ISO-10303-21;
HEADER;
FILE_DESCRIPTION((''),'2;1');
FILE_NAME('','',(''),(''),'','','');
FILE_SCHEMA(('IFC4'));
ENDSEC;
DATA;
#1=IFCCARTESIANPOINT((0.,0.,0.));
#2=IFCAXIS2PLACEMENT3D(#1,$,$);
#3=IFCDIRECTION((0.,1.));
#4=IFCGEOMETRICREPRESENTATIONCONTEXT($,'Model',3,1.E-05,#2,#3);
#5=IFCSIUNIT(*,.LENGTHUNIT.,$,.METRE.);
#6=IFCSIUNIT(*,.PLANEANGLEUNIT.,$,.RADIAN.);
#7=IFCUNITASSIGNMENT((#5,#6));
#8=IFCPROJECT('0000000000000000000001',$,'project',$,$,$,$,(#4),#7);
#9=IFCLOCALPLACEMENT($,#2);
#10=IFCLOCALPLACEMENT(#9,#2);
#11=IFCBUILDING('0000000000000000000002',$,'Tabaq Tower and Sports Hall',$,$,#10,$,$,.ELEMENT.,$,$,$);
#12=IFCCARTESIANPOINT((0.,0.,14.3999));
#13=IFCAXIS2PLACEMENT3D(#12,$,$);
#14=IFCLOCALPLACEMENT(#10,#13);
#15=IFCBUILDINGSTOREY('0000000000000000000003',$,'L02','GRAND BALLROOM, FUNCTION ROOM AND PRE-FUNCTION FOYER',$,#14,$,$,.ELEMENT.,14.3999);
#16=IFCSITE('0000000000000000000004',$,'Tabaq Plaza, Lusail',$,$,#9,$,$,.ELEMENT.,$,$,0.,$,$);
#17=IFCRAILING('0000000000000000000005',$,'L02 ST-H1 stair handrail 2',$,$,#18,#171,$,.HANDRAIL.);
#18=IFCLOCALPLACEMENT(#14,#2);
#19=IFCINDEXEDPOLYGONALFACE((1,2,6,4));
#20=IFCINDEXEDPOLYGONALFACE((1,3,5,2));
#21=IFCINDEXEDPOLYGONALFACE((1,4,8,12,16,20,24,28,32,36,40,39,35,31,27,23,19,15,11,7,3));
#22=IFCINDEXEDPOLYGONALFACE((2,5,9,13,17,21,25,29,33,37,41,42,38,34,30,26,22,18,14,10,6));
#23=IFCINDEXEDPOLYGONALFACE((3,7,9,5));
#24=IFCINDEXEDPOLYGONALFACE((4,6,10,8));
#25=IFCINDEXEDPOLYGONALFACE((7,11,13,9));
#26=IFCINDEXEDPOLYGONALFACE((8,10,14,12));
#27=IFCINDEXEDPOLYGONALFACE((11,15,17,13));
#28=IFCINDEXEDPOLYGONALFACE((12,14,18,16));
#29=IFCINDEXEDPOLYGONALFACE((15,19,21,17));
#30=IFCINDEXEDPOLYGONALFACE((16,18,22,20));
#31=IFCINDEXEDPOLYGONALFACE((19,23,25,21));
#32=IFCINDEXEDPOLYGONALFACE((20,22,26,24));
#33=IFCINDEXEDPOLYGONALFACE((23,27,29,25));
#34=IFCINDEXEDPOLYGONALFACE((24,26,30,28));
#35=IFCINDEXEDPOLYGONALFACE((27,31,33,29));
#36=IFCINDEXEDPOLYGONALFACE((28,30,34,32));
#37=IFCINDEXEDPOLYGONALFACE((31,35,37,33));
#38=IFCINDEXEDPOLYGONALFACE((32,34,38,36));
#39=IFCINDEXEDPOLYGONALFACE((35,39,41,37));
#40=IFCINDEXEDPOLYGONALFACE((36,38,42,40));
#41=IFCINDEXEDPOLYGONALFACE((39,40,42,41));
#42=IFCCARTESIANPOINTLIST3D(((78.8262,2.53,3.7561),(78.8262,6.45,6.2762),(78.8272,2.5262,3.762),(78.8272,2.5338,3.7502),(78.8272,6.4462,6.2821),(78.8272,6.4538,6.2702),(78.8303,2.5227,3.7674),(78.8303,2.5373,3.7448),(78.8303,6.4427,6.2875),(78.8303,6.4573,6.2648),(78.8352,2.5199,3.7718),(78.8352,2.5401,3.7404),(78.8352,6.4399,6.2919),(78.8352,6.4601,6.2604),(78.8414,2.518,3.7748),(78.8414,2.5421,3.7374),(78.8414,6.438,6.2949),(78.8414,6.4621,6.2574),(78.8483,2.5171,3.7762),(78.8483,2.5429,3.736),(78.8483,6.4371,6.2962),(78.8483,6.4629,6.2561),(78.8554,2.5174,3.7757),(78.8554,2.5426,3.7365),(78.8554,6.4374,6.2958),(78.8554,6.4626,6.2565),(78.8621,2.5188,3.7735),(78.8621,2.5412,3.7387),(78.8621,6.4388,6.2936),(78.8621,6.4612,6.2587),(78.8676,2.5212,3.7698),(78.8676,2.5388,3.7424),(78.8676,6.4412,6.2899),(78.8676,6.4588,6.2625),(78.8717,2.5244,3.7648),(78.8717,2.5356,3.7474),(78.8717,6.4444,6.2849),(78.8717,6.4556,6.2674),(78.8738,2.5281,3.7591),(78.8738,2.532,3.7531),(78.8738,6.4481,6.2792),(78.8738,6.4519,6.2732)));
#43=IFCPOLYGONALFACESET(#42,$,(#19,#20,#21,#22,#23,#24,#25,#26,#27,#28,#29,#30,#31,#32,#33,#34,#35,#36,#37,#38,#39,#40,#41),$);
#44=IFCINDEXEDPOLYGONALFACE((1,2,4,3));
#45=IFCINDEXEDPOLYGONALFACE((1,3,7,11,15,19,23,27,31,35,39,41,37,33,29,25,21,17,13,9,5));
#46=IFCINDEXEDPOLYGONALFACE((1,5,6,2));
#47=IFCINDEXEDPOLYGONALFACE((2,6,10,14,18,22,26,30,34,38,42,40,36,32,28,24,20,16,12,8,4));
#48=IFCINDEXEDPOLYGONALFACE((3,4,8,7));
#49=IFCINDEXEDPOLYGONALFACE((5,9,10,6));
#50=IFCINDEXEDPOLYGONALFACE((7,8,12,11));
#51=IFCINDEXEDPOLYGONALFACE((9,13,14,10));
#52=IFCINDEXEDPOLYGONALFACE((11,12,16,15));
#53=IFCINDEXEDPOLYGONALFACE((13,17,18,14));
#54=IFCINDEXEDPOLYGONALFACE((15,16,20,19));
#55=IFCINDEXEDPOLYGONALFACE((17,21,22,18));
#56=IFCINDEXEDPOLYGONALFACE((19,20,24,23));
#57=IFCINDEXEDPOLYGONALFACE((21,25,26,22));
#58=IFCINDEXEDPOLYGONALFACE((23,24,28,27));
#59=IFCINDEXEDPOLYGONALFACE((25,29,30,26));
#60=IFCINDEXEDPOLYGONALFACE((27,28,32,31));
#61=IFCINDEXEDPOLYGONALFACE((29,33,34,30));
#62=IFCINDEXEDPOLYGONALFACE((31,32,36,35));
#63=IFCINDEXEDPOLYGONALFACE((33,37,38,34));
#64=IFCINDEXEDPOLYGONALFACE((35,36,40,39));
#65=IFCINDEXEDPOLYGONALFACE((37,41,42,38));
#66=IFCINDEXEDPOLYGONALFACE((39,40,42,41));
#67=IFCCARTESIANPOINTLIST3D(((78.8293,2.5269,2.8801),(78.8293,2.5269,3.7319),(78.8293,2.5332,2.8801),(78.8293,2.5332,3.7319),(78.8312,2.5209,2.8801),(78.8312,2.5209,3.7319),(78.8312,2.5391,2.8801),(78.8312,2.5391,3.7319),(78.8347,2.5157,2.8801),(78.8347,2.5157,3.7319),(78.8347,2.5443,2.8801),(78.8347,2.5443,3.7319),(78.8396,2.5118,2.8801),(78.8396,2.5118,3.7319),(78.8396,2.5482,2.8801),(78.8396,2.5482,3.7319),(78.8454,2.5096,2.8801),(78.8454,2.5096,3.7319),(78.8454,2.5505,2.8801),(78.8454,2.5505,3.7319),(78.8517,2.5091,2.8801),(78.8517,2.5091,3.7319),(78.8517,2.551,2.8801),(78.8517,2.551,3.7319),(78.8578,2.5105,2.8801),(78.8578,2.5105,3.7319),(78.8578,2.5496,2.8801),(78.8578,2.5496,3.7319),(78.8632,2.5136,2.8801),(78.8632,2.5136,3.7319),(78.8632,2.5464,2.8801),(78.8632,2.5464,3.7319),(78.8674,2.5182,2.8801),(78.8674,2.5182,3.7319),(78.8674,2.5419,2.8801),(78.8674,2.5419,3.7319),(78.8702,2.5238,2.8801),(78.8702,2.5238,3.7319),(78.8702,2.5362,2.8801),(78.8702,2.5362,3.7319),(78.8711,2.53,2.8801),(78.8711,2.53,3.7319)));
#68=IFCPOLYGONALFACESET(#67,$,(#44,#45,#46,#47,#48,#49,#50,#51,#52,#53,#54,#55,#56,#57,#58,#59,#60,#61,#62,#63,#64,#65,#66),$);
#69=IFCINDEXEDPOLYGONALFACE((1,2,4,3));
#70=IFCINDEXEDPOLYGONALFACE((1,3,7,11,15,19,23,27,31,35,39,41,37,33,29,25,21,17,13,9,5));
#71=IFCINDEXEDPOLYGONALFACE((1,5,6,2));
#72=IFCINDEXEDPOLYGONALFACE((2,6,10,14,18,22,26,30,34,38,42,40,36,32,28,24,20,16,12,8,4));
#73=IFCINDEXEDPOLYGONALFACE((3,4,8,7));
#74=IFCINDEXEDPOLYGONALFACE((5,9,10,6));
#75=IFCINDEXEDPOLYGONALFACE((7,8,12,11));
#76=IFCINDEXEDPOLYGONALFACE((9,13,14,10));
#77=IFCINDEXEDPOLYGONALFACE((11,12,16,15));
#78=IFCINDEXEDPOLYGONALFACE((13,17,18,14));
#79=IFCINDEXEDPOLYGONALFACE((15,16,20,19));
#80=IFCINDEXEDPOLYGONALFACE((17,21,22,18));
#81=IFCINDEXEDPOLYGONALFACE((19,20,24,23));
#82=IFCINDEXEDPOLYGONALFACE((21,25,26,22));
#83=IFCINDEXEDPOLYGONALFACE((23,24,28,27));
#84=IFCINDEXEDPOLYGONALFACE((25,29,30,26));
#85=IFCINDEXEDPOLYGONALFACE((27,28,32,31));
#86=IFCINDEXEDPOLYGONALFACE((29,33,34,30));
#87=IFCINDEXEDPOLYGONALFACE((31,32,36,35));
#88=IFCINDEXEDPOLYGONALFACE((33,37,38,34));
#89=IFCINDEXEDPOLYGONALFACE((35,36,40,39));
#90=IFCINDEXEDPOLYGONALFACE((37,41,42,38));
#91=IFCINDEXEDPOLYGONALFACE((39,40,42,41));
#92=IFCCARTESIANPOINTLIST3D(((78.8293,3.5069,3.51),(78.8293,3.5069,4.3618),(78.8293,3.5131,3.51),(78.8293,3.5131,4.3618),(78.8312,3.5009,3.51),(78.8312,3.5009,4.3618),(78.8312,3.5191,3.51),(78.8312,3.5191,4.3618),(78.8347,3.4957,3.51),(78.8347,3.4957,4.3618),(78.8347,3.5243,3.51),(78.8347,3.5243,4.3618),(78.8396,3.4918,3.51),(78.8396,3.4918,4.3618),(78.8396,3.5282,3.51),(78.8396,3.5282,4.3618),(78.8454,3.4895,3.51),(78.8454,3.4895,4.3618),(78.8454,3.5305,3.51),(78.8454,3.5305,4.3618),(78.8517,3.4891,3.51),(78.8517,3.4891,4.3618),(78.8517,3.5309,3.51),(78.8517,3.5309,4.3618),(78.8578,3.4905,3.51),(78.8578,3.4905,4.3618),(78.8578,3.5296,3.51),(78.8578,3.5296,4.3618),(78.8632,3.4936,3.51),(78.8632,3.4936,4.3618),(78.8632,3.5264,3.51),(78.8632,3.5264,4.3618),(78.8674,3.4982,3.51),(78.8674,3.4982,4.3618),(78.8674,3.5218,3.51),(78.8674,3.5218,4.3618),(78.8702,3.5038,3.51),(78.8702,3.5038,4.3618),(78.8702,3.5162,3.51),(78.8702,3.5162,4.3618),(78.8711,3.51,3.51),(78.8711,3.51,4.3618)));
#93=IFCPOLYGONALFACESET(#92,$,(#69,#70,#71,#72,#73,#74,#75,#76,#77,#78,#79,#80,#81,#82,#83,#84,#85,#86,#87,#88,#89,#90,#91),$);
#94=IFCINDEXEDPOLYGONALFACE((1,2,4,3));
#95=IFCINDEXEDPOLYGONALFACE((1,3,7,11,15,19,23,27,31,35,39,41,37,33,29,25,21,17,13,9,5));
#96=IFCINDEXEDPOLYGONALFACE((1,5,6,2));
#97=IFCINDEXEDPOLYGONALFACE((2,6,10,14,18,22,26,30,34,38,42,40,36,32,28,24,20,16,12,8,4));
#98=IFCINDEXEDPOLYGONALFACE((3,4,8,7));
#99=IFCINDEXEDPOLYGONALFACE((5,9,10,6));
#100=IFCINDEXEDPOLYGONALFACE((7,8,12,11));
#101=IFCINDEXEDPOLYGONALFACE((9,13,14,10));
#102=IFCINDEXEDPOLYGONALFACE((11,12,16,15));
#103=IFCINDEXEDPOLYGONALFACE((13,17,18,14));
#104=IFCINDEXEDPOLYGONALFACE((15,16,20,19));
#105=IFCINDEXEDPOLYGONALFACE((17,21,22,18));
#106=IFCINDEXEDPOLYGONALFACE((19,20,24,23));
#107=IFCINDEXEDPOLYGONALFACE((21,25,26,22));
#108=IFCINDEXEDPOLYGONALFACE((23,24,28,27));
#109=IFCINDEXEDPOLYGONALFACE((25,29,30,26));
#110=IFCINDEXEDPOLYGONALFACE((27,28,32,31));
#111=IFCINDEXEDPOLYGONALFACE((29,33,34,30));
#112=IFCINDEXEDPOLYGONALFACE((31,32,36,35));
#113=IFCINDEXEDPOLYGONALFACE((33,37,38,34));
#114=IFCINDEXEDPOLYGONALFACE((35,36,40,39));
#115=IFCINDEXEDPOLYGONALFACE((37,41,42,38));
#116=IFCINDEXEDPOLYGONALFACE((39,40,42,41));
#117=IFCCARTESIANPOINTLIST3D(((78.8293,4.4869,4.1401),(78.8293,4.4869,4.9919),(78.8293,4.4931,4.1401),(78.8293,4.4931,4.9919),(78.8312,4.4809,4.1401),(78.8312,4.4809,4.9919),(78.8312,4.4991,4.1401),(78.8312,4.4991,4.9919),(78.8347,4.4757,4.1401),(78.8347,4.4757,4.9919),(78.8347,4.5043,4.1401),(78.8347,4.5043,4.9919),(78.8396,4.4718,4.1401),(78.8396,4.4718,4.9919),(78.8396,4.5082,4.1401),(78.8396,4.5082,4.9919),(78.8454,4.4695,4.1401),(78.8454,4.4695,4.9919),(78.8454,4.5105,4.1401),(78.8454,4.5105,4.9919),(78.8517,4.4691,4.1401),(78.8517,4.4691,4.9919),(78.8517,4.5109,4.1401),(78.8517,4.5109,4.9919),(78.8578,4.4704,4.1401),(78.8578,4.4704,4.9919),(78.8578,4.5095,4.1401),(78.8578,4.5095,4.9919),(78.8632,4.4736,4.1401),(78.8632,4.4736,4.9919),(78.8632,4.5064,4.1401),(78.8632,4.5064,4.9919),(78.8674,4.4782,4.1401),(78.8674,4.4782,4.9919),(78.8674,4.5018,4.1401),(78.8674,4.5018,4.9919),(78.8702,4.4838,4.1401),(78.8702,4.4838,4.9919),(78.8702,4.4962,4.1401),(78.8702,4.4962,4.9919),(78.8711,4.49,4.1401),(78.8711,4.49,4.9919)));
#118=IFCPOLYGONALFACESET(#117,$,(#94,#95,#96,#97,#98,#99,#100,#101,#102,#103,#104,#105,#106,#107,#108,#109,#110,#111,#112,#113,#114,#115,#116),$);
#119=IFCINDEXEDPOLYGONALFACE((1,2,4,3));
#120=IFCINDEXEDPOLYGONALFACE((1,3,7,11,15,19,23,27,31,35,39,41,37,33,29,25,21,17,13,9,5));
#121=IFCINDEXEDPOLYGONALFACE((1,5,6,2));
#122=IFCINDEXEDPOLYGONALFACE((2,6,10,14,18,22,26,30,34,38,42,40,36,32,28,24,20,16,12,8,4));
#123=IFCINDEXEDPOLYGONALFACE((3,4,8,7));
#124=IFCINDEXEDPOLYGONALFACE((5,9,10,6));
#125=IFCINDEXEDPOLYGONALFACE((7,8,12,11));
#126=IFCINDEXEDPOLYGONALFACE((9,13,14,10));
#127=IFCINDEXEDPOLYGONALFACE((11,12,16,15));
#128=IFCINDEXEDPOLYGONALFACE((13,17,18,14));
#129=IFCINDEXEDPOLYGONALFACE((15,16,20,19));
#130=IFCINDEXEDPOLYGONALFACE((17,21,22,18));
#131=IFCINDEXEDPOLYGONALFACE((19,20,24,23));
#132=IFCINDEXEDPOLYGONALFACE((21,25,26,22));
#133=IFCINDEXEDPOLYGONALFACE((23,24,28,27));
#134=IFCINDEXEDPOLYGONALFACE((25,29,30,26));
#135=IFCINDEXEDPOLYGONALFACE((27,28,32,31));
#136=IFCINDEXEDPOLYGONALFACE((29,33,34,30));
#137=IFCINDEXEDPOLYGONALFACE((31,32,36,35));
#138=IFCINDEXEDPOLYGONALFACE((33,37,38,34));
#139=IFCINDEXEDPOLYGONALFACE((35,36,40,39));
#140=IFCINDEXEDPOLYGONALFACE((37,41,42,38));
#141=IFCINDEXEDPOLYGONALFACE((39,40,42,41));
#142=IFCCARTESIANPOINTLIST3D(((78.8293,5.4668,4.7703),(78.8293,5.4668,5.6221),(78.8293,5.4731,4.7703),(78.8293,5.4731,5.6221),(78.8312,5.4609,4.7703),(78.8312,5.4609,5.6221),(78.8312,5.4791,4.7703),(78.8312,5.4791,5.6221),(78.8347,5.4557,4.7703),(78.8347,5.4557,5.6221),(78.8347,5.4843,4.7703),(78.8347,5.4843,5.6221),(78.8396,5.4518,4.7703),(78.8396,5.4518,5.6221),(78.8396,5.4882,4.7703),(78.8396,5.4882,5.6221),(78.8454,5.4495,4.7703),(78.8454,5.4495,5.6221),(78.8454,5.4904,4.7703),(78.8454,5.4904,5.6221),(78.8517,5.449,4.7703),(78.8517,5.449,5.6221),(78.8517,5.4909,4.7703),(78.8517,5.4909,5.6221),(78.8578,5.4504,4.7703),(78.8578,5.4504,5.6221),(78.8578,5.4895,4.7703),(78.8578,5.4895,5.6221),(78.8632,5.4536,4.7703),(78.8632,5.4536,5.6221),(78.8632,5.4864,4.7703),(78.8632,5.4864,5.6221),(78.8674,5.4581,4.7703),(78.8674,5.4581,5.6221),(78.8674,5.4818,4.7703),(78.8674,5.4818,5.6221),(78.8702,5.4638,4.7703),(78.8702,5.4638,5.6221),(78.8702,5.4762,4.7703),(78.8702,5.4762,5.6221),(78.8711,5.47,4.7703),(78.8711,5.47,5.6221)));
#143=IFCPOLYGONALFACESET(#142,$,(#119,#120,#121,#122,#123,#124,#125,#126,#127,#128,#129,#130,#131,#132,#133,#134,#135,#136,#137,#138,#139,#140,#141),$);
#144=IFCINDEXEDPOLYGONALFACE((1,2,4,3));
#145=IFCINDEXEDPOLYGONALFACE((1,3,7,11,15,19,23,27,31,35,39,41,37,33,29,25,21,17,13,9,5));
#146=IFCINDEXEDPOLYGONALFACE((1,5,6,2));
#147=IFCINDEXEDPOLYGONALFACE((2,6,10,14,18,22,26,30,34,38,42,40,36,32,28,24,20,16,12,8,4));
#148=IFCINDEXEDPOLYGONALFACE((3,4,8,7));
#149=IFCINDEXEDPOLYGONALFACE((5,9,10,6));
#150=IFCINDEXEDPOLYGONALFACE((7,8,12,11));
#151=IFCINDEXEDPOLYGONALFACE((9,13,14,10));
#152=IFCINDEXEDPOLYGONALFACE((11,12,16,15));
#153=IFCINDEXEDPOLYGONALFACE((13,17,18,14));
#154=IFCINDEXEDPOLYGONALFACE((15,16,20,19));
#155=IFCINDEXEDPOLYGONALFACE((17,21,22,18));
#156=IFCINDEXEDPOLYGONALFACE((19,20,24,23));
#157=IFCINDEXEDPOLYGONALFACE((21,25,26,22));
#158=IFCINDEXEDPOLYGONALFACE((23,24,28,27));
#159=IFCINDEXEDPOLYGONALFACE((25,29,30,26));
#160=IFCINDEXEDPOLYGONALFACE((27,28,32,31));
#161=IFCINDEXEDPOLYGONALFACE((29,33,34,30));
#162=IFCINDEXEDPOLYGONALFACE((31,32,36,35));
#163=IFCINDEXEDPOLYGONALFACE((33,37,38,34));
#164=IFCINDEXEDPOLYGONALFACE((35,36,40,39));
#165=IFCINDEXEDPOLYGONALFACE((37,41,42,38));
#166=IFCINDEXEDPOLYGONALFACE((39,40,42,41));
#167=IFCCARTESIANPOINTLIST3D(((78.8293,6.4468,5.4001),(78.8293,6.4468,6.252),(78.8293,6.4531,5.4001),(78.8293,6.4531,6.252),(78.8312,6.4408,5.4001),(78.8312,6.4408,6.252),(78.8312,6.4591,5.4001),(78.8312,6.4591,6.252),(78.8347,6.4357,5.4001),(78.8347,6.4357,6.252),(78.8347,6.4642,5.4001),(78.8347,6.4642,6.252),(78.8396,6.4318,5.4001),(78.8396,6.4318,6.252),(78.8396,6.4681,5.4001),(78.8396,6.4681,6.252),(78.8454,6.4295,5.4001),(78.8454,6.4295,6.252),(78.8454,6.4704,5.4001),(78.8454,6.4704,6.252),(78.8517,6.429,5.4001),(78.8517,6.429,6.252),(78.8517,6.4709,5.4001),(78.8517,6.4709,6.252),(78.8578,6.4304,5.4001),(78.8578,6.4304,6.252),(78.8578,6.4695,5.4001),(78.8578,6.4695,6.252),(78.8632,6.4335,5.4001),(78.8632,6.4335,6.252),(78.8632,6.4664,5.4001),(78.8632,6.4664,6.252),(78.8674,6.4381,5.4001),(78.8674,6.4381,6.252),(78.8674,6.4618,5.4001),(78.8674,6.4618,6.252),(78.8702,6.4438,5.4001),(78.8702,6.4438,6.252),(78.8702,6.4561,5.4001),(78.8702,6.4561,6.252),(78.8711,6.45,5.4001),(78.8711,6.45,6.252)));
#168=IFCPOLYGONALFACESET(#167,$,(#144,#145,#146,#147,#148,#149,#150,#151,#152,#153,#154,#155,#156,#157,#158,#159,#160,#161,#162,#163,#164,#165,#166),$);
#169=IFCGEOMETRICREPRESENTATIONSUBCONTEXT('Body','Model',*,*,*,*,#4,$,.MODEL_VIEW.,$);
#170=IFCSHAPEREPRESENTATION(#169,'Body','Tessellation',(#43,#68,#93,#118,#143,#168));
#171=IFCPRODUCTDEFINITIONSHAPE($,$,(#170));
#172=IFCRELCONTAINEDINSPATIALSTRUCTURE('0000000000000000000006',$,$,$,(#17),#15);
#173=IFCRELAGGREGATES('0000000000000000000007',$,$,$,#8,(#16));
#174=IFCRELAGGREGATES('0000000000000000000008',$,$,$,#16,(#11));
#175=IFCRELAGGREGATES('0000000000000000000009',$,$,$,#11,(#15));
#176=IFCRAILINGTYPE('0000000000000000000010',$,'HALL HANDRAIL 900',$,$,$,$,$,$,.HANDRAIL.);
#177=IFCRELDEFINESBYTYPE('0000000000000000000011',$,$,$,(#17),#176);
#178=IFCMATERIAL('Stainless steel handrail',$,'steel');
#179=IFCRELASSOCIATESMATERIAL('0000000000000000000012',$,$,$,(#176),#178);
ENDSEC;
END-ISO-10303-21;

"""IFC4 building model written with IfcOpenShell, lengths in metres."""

from ifc_helpers import new_model, si_unit, direction, frame, origin, origin_2d, place, context, subcontext, project, spatial, circle, extrude, material, type_object, element, save


model = new_model("IFC4")

# Units and contexts
model_context = context("Model", 3, precision=1e-05, world=origin(), true_north=direction((0.0, 1.0)))
body_context = subcontext(model_context, "Body", "Model", "MODEL_VIEW")
ifc_project = project(units=[si_unit("LENGTHUNIT", "METRE"), si_unit("PLANEANGLEUNIT", "RADIAN")], contexts=[model_context])

# Site, building, storey
site_placement = place(None, origin())
site = spatial("IfcSite", under=ifc_project, at=site_placement, Name="Tabaq Plaza, Lusail", CompositionType="ELEMENT", RefElevation=0.0)
building_placement = place(site_placement, origin())
building = spatial("IfcBuilding", under=site, at=building_placement, Name="Tabaq Tower and Sports Hall", CompositionType="ELEMENT")
storey_placement = place(building_placement, frame((0.0, 0.0, 14.3999)))
storey = spatial("IfcBuildingStorey", under=building, at=storey_placement, Name="L02", Description="GRAND BALLROOM, FUNCTION ROOM AND PRE-FUNCTION FOYER", CompositionType="ELEMENT", Elevation=14.3999)

# Railing
ifc_material_1 = material(Name="Stainless steel handrail", Category="steel")
railing_type_1 = type_object("IfcRailingType", Name="HALL HANDRAIL 900", PredefinedType="HANDRAIL", material=ifc_material_1)
railing_1_placement = place(storey_placement, frame((78.8501, 2.53, 2.8801)))
element("IfcRailing", 1, at=railing_1_placement, inside=storey, type_object=railing_type_1, Name="L02 ST-H1 stair handrail 2", PredefinedType="HANDRAIL", context=body_context, shape_type="SweptSolid", body=[
    extrude(circle(Radius=0.0239, at=origin_2d()), frame((0.0, 0.0, 0.876), z_axis=(0.0, 0.841172, 0.540768), x_axis=(-1.0, 0.0, 0.0)), (0.0, 0.0, 1.0), 4.6602),
    extrude(circle(Radius=0.021, at=origin_2d()), origin(), (0.0, 0.0, 1.0), 0.8518),
    extrude(circle(Radius=0.021, at=origin_2d()), frame((0.0, 0.98, 0.6299)), (0.0, 0.0, 1.0), 0.8518),
    extrude(circle(Radius=0.021, at=origin_2d()), frame((0.0, 1.96, 1.26)), (0.0, 0.0, 1.0), 0.8518),
    extrude(circle(Radius=0.021, at=origin_2d()), frame((0.0, 2.9399, 1.8901)), (0.0, 0.0, 1.0), 0.8518),
    extrude(circle(Radius=0.021, at=origin_2d()), frame((0.0, 3.9199, 2.52)), (0.0, 0.0, 1.0), 0.8518),
])

save(model, "model.ifc")
